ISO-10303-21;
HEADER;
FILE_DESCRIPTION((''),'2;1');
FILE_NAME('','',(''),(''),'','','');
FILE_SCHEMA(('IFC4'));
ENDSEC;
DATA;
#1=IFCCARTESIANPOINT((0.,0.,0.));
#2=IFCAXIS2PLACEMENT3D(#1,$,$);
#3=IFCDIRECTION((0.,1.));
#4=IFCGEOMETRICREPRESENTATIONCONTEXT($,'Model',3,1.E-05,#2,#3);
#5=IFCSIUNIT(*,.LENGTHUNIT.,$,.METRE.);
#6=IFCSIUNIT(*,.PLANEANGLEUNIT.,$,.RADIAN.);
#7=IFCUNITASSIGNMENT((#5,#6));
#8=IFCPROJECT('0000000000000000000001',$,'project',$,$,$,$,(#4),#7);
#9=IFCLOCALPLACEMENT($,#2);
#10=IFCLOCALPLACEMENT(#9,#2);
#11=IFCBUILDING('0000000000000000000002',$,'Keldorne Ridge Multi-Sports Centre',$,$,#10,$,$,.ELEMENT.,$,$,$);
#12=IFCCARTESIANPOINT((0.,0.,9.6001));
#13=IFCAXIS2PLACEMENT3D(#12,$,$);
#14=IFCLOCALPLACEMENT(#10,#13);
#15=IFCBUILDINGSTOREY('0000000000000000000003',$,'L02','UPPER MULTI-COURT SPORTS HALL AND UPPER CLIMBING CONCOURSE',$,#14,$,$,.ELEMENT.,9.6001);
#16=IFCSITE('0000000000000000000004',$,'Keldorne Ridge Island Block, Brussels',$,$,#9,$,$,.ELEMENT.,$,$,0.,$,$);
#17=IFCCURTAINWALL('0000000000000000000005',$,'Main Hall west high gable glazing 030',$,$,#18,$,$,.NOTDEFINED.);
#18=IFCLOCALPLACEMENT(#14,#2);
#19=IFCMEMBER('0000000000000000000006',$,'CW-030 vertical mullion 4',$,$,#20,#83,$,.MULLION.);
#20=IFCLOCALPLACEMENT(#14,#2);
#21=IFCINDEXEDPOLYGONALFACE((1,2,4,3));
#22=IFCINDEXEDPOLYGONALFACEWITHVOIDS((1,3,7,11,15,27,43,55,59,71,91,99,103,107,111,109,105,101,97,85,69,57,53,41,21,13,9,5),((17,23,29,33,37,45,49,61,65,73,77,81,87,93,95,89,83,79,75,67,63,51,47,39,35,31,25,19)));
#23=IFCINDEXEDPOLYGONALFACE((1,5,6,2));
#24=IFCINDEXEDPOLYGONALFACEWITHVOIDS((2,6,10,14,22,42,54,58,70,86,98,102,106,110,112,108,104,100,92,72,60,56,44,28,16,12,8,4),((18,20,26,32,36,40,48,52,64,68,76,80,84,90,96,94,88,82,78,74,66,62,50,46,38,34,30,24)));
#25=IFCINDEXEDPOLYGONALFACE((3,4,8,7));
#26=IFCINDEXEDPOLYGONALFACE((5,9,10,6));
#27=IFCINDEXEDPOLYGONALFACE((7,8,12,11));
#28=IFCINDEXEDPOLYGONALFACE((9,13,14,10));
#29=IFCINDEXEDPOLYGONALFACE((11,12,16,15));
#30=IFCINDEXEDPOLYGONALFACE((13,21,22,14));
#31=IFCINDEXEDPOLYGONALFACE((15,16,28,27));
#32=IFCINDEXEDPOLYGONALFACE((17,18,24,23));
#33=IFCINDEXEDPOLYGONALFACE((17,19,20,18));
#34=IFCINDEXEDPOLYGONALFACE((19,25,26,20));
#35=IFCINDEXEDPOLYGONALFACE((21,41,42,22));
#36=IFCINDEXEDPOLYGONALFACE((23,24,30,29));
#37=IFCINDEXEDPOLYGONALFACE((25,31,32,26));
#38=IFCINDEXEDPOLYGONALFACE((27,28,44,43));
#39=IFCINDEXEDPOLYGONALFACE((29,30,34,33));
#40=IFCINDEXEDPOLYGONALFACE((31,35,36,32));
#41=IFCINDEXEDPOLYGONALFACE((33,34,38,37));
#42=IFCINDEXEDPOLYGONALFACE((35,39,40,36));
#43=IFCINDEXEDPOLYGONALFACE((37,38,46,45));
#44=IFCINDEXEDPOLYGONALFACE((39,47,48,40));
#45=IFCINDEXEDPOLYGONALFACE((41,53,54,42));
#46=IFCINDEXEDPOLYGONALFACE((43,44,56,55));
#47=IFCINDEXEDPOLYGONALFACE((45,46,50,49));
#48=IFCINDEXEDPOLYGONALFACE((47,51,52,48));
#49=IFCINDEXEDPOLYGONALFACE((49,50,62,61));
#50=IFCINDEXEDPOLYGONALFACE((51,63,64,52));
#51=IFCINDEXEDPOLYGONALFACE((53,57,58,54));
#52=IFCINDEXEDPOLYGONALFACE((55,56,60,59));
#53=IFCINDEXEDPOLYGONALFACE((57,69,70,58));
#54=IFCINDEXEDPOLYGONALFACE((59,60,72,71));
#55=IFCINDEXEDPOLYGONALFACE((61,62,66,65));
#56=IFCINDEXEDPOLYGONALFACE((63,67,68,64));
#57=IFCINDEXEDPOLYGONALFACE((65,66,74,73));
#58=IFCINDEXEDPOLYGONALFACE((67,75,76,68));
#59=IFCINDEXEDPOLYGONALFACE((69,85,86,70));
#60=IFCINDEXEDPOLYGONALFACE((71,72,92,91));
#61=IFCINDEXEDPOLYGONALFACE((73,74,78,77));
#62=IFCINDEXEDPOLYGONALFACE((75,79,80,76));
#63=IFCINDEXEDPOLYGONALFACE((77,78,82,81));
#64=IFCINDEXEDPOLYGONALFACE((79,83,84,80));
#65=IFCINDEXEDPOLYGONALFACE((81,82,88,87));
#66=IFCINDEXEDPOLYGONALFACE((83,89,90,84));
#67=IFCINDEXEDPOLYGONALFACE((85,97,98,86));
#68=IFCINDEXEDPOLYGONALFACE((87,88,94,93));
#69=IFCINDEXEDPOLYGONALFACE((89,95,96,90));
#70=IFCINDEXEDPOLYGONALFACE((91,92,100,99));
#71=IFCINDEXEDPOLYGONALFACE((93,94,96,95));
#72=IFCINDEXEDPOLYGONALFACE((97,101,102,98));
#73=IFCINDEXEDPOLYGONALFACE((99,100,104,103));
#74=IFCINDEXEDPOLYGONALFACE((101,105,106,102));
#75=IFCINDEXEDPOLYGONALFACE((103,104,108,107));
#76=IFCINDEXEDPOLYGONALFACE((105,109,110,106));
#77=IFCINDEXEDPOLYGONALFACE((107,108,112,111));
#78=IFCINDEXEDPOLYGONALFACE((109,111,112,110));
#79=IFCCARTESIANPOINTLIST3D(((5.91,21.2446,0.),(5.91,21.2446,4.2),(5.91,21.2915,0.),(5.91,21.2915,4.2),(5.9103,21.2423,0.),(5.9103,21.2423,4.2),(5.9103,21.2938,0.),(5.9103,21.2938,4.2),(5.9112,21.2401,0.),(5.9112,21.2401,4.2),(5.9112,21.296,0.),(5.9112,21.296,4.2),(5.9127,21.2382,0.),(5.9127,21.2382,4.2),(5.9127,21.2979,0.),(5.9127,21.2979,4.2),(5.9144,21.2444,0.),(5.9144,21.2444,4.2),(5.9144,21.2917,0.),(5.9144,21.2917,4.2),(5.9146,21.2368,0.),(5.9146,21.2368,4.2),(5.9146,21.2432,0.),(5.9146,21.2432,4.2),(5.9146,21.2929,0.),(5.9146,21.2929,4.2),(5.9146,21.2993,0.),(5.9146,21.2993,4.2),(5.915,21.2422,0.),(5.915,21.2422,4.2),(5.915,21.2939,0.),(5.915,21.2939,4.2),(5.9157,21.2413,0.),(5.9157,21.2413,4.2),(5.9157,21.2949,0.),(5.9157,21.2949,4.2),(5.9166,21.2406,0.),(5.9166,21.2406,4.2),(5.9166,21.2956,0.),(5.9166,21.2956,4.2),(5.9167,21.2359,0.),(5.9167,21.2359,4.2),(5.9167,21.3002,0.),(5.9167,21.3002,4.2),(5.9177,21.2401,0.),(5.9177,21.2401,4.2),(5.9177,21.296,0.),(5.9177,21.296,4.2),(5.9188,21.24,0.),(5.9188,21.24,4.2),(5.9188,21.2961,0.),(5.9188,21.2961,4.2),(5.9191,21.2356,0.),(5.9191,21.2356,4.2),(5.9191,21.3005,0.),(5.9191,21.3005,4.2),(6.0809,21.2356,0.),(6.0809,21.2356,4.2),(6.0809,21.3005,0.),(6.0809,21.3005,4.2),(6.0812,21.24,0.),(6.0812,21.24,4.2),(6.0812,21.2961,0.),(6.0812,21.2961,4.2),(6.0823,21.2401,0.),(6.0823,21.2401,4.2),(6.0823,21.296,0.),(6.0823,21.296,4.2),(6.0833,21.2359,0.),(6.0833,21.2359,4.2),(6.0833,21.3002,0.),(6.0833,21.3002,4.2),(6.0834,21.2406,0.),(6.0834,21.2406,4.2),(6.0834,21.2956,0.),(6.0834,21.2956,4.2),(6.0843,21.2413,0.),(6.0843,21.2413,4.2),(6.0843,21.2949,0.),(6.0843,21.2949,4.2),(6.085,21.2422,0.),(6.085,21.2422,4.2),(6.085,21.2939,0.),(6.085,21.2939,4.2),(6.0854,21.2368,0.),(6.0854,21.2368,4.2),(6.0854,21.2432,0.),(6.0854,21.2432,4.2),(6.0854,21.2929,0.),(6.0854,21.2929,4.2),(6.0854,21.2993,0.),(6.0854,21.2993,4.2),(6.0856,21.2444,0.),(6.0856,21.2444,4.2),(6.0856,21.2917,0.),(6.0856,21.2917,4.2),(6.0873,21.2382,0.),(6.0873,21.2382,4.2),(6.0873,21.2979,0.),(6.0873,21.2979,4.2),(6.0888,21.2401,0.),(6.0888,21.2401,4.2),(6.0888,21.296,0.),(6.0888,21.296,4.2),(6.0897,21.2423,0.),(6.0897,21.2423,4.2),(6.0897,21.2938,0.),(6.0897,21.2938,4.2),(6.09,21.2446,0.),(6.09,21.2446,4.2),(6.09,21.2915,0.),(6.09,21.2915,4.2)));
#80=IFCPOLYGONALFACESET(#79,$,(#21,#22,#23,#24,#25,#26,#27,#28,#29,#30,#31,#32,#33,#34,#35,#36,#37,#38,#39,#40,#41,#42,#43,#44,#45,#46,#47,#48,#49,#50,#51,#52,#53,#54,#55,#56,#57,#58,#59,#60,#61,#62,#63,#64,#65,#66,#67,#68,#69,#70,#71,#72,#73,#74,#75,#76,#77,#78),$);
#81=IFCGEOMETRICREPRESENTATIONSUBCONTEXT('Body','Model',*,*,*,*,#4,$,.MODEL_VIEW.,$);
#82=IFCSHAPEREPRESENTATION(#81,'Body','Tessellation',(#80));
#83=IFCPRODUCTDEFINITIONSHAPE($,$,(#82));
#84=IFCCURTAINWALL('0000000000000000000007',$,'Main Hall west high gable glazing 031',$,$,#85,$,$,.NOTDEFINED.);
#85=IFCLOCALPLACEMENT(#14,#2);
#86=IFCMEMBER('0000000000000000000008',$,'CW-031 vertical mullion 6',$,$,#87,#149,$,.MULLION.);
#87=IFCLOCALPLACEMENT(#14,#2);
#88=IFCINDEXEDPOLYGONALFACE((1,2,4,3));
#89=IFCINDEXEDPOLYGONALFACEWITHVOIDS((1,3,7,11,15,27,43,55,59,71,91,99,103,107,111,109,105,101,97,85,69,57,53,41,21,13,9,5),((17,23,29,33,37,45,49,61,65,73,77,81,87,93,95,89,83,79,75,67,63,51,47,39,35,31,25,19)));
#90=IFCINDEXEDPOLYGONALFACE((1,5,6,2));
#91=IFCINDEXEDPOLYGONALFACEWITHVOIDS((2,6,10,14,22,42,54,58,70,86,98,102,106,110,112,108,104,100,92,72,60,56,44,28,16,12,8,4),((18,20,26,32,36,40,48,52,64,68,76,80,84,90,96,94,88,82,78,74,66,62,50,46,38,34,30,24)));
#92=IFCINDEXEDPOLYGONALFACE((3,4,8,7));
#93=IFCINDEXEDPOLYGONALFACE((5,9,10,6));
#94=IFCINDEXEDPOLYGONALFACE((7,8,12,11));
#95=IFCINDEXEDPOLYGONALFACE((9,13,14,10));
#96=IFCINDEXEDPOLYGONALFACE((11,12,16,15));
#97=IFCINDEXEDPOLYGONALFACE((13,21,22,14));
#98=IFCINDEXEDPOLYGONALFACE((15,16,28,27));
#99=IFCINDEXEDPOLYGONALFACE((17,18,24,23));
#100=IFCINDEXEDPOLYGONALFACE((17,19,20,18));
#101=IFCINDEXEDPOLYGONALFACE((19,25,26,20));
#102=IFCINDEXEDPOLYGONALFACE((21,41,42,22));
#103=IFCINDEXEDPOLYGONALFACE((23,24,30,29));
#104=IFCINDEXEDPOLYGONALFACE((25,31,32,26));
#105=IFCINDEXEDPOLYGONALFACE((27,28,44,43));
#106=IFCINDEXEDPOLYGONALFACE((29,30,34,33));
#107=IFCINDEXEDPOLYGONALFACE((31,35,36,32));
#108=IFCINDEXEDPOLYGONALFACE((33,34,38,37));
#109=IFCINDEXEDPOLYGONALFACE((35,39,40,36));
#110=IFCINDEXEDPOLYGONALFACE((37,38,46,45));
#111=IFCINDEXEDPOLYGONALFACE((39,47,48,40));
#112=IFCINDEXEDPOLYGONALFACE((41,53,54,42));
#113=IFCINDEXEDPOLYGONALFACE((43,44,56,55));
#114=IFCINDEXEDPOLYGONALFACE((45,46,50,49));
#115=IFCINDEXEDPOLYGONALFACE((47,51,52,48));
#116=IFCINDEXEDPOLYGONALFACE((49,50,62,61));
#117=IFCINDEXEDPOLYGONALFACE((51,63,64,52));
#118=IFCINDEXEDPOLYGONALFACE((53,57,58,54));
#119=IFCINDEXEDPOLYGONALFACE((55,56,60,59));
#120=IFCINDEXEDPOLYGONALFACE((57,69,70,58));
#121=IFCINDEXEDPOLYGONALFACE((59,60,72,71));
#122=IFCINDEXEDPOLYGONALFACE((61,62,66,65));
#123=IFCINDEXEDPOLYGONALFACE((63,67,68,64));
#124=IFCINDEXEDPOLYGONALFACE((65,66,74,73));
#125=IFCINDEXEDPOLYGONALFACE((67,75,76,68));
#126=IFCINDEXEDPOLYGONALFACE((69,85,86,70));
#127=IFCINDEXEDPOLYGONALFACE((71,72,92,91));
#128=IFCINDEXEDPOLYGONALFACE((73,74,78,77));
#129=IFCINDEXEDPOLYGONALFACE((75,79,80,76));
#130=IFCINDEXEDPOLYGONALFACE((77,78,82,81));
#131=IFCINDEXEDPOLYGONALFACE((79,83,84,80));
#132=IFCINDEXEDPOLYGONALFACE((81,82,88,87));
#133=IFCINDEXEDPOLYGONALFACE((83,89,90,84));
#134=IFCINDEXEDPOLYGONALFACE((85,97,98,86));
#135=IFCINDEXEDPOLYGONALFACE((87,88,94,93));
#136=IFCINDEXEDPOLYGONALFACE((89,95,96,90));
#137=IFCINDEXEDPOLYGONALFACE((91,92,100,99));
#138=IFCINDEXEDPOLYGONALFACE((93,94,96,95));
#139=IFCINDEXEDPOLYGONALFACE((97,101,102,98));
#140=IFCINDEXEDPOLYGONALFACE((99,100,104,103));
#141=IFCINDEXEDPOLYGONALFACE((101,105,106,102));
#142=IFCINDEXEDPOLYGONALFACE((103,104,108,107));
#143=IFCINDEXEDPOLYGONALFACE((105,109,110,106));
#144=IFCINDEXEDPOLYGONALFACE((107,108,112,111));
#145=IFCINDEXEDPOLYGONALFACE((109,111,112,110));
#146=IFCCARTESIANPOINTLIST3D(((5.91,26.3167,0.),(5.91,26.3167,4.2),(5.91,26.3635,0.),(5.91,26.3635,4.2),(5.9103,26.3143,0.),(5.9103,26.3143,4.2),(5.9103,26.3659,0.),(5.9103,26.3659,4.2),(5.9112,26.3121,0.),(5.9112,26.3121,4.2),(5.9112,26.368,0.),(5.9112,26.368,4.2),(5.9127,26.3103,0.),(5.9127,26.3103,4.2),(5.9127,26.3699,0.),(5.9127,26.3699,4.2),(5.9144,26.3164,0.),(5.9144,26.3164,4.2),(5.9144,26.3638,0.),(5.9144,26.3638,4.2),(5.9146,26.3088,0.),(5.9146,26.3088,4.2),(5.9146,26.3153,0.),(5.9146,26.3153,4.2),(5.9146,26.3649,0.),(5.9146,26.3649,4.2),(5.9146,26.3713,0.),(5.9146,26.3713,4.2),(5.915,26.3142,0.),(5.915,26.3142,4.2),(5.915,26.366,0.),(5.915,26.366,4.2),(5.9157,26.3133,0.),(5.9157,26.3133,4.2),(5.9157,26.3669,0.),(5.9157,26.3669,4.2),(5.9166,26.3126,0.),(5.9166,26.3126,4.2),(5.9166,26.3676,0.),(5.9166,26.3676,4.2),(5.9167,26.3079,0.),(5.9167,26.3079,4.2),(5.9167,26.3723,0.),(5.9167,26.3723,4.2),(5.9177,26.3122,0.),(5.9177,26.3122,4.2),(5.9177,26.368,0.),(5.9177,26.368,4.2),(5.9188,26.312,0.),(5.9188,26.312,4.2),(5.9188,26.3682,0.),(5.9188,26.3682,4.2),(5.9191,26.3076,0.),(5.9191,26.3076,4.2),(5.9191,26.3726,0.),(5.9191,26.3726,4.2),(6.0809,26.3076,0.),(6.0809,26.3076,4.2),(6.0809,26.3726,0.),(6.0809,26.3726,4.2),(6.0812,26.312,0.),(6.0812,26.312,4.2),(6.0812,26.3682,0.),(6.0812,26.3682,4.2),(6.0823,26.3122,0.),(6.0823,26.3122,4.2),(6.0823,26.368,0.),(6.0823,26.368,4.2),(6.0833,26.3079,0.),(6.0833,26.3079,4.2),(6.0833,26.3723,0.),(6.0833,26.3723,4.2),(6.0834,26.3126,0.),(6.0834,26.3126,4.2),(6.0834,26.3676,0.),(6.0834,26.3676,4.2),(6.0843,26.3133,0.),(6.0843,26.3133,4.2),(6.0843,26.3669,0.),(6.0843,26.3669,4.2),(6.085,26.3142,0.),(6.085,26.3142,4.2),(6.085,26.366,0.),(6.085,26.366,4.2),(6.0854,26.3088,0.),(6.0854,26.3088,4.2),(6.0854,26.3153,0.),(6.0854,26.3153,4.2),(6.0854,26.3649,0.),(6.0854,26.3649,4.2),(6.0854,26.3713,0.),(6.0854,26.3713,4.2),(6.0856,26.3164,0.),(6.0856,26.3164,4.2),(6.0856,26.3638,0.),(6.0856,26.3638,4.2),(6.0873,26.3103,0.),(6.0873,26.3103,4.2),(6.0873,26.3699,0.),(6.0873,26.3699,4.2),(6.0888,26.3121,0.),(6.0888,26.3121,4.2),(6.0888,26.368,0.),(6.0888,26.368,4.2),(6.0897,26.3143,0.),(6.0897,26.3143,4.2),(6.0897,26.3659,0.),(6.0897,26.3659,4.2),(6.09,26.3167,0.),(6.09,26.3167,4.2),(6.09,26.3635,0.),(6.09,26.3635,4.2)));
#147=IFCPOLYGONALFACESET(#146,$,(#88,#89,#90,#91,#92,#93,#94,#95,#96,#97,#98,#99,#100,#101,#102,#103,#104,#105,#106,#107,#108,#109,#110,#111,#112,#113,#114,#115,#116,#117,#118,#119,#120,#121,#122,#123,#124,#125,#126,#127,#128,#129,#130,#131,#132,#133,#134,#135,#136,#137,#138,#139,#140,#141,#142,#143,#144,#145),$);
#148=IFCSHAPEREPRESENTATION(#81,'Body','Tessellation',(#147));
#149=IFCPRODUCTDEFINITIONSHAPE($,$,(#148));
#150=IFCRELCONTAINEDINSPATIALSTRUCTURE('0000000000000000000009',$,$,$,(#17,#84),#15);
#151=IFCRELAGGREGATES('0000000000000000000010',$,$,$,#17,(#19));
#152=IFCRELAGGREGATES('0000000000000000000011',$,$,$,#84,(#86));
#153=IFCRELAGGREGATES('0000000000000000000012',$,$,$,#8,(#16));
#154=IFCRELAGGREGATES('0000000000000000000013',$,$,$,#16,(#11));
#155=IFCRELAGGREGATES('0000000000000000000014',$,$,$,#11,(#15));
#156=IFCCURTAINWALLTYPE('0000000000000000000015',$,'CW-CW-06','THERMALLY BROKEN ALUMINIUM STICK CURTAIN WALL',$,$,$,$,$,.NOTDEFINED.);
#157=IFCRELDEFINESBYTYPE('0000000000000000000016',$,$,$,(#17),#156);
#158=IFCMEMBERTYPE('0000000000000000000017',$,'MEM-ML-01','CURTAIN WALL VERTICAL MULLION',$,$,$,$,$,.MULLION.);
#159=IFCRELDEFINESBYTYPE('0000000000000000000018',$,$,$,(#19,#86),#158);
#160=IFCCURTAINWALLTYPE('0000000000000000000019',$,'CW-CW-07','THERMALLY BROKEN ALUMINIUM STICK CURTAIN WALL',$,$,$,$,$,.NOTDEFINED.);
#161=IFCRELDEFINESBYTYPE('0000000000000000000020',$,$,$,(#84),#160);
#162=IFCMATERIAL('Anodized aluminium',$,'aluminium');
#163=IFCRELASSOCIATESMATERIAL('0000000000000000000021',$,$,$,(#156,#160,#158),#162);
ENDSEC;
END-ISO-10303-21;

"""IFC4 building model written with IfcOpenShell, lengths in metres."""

from ifc_helpers import new_model, si_unit, direction, frame, origin, origin_2d, place, context, subcontext, project, spatial, hollow_rectangle, extrude, material, material_profile, profile_set, type_object, element, aggregate, save


model = new_model("IFC4")

# Units and contexts
model_context = context("Model", 3, precision=1e-05, world=origin(), true_north=direction((0.0, 1.0)))
body_context = subcontext(model_context, "Body", "Model", "MODEL_VIEW")
ifc_project = project(units=[si_unit("LENGTHUNIT", "METRE"), si_unit("PLANEANGLEUNIT", "RADIAN")], contexts=[model_context])

# Site, building, storey
site_placement = place(None, origin())
site = spatial("IfcSite", under=ifc_project, at=site_placement, Name="Keldorne Ridge Island Block, Brussels", CompositionType="ELEMENT", RefElevation=0.0)
building_placement = place(site_placement, origin())
building = spatial("IfcBuilding", under=site, at=building_placement, Name="Keldorne Ridge Multi-Sports Centre", CompositionType="ELEMENT")
storey_placement = place(building_placement, frame((0.0, 0.0, 9.6001)))
storey = spatial("IfcBuildingStorey", under=building, at=storey_placement, Name="L02", Description="UPPER MULTI-COURT SPORTS HALL AND UPPER CLIMBING CONCOURSE", CompositionType="ELEMENT", Elevation=9.6001)

# Curtain wall, member
ifc_material_1 = material(Name="Anodized aluminium", Category="aluminium")
curtain_wall_type_1 = type_object("IfcCurtainWallType", Name="CW-CW-06", Description="THERMALLY BROKEN ALUMINIUM STICK CURTAIN WALL", PredefinedType="NOTDEFINED", material=ifc_material_1)
curtain_wall_1_placement = place(storey_placement, origin())
curtain_wall_1 = element("IfcCurtainWall", 1, at=curtain_wall_1_placement, inside=storey, type_object=curtain_wall_type_1, Name="Main Hall west high gable glazing 030", PredefinedType="NOTDEFINED")
ifc_material_profile_1 = material_profile(ifc_material_1, hollow_rectangle(XDim=0.0649, YDim=0.1799, WallThickness=0.0044, InnerFilletRadius=0.0044, OuterFilletRadius=0.009, at=origin_2d()), Name="ALU MULLION 180x65x4.5")
ifc_profile_set_1 = profile_set([ifc_material_profile_1], Name="Anodized aluminium")
member_type_1 = type_object("IfcMemberType", Name="MEM-ML-01", Description="CURTAIN WALL VERTICAL MULLION", PredefinedType="MULLION", material=ifc_profile_set_1)
member_1_placement = place(storey_placement, frame((6.0, 21.2681, 0.0), z_axis=(0.0, 0.0, 1.0), x_axis=(0.0, 1.0, 0.0)))
member_1 = element("IfcMember", 2, at=member_1_placement, type_object=member_type_1, Name="CW-030 vertical mullion 4", PredefinedType="MULLION", context=body_context, shape_type="SweptSolid", body=[
    extrude(hollow_rectangle(XDim=0.0649, YDim=0.1799, WallThickness=0.0044, InnerFilletRadius=0.0044, OuterFilletRadius=0.009, at=origin_2d()), origin(), (0.0, 0.0, 1.0), 4.2),
])

# Curtain wall, member
curtain_wall_type_2 = type_object("IfcCurtainWallType", Name="CW-CW-07", Description="THERMALLY BROKEN ALUMINIUM STICK CURTAIN WALL", PredefinedType="NOTDEFINED", material=ifc_material_1)
curtain_wall_2_placement = place(storey_placement, origin())
curtain_wall_2 = element("IfcCurtainWall", 3, at=curtain_wall_2_placement, inside=storey, type_object=curtain_wall_type_2, Name="Main Hall west high gable glazing 031", PredefinedType="NOTDEFINED")
member_2_placement = place(storey_placement, frame((6.0, 26.3401, 0.0), z_axis=(0.0, 0.0, 1.0), x_axis=(0.0, 1.0, 0.0)))
member_2 = element("IfcMember", 4, at=member_2_placement, type_object=member_type_1, Name="CW-031 vertical mullion 6", PredefinedType="MULLION", context=body_context, shape_type="SweptSolid", body=[
    extrude(hollow_rectangle(XDim=0.0649, YDim=0.1799, WallThickness=0.0044, InnerFilletRadius=0.0044, OuterFilletRadius=0.009, at=origin_2d()), origin(), (0.0, 0.0, 1.0), 4.2),
])

aggregate(curtain_wall_1, [member_1])
aggregate(curtain_wall_2, [member_2])

save(model, "model.ifc")
